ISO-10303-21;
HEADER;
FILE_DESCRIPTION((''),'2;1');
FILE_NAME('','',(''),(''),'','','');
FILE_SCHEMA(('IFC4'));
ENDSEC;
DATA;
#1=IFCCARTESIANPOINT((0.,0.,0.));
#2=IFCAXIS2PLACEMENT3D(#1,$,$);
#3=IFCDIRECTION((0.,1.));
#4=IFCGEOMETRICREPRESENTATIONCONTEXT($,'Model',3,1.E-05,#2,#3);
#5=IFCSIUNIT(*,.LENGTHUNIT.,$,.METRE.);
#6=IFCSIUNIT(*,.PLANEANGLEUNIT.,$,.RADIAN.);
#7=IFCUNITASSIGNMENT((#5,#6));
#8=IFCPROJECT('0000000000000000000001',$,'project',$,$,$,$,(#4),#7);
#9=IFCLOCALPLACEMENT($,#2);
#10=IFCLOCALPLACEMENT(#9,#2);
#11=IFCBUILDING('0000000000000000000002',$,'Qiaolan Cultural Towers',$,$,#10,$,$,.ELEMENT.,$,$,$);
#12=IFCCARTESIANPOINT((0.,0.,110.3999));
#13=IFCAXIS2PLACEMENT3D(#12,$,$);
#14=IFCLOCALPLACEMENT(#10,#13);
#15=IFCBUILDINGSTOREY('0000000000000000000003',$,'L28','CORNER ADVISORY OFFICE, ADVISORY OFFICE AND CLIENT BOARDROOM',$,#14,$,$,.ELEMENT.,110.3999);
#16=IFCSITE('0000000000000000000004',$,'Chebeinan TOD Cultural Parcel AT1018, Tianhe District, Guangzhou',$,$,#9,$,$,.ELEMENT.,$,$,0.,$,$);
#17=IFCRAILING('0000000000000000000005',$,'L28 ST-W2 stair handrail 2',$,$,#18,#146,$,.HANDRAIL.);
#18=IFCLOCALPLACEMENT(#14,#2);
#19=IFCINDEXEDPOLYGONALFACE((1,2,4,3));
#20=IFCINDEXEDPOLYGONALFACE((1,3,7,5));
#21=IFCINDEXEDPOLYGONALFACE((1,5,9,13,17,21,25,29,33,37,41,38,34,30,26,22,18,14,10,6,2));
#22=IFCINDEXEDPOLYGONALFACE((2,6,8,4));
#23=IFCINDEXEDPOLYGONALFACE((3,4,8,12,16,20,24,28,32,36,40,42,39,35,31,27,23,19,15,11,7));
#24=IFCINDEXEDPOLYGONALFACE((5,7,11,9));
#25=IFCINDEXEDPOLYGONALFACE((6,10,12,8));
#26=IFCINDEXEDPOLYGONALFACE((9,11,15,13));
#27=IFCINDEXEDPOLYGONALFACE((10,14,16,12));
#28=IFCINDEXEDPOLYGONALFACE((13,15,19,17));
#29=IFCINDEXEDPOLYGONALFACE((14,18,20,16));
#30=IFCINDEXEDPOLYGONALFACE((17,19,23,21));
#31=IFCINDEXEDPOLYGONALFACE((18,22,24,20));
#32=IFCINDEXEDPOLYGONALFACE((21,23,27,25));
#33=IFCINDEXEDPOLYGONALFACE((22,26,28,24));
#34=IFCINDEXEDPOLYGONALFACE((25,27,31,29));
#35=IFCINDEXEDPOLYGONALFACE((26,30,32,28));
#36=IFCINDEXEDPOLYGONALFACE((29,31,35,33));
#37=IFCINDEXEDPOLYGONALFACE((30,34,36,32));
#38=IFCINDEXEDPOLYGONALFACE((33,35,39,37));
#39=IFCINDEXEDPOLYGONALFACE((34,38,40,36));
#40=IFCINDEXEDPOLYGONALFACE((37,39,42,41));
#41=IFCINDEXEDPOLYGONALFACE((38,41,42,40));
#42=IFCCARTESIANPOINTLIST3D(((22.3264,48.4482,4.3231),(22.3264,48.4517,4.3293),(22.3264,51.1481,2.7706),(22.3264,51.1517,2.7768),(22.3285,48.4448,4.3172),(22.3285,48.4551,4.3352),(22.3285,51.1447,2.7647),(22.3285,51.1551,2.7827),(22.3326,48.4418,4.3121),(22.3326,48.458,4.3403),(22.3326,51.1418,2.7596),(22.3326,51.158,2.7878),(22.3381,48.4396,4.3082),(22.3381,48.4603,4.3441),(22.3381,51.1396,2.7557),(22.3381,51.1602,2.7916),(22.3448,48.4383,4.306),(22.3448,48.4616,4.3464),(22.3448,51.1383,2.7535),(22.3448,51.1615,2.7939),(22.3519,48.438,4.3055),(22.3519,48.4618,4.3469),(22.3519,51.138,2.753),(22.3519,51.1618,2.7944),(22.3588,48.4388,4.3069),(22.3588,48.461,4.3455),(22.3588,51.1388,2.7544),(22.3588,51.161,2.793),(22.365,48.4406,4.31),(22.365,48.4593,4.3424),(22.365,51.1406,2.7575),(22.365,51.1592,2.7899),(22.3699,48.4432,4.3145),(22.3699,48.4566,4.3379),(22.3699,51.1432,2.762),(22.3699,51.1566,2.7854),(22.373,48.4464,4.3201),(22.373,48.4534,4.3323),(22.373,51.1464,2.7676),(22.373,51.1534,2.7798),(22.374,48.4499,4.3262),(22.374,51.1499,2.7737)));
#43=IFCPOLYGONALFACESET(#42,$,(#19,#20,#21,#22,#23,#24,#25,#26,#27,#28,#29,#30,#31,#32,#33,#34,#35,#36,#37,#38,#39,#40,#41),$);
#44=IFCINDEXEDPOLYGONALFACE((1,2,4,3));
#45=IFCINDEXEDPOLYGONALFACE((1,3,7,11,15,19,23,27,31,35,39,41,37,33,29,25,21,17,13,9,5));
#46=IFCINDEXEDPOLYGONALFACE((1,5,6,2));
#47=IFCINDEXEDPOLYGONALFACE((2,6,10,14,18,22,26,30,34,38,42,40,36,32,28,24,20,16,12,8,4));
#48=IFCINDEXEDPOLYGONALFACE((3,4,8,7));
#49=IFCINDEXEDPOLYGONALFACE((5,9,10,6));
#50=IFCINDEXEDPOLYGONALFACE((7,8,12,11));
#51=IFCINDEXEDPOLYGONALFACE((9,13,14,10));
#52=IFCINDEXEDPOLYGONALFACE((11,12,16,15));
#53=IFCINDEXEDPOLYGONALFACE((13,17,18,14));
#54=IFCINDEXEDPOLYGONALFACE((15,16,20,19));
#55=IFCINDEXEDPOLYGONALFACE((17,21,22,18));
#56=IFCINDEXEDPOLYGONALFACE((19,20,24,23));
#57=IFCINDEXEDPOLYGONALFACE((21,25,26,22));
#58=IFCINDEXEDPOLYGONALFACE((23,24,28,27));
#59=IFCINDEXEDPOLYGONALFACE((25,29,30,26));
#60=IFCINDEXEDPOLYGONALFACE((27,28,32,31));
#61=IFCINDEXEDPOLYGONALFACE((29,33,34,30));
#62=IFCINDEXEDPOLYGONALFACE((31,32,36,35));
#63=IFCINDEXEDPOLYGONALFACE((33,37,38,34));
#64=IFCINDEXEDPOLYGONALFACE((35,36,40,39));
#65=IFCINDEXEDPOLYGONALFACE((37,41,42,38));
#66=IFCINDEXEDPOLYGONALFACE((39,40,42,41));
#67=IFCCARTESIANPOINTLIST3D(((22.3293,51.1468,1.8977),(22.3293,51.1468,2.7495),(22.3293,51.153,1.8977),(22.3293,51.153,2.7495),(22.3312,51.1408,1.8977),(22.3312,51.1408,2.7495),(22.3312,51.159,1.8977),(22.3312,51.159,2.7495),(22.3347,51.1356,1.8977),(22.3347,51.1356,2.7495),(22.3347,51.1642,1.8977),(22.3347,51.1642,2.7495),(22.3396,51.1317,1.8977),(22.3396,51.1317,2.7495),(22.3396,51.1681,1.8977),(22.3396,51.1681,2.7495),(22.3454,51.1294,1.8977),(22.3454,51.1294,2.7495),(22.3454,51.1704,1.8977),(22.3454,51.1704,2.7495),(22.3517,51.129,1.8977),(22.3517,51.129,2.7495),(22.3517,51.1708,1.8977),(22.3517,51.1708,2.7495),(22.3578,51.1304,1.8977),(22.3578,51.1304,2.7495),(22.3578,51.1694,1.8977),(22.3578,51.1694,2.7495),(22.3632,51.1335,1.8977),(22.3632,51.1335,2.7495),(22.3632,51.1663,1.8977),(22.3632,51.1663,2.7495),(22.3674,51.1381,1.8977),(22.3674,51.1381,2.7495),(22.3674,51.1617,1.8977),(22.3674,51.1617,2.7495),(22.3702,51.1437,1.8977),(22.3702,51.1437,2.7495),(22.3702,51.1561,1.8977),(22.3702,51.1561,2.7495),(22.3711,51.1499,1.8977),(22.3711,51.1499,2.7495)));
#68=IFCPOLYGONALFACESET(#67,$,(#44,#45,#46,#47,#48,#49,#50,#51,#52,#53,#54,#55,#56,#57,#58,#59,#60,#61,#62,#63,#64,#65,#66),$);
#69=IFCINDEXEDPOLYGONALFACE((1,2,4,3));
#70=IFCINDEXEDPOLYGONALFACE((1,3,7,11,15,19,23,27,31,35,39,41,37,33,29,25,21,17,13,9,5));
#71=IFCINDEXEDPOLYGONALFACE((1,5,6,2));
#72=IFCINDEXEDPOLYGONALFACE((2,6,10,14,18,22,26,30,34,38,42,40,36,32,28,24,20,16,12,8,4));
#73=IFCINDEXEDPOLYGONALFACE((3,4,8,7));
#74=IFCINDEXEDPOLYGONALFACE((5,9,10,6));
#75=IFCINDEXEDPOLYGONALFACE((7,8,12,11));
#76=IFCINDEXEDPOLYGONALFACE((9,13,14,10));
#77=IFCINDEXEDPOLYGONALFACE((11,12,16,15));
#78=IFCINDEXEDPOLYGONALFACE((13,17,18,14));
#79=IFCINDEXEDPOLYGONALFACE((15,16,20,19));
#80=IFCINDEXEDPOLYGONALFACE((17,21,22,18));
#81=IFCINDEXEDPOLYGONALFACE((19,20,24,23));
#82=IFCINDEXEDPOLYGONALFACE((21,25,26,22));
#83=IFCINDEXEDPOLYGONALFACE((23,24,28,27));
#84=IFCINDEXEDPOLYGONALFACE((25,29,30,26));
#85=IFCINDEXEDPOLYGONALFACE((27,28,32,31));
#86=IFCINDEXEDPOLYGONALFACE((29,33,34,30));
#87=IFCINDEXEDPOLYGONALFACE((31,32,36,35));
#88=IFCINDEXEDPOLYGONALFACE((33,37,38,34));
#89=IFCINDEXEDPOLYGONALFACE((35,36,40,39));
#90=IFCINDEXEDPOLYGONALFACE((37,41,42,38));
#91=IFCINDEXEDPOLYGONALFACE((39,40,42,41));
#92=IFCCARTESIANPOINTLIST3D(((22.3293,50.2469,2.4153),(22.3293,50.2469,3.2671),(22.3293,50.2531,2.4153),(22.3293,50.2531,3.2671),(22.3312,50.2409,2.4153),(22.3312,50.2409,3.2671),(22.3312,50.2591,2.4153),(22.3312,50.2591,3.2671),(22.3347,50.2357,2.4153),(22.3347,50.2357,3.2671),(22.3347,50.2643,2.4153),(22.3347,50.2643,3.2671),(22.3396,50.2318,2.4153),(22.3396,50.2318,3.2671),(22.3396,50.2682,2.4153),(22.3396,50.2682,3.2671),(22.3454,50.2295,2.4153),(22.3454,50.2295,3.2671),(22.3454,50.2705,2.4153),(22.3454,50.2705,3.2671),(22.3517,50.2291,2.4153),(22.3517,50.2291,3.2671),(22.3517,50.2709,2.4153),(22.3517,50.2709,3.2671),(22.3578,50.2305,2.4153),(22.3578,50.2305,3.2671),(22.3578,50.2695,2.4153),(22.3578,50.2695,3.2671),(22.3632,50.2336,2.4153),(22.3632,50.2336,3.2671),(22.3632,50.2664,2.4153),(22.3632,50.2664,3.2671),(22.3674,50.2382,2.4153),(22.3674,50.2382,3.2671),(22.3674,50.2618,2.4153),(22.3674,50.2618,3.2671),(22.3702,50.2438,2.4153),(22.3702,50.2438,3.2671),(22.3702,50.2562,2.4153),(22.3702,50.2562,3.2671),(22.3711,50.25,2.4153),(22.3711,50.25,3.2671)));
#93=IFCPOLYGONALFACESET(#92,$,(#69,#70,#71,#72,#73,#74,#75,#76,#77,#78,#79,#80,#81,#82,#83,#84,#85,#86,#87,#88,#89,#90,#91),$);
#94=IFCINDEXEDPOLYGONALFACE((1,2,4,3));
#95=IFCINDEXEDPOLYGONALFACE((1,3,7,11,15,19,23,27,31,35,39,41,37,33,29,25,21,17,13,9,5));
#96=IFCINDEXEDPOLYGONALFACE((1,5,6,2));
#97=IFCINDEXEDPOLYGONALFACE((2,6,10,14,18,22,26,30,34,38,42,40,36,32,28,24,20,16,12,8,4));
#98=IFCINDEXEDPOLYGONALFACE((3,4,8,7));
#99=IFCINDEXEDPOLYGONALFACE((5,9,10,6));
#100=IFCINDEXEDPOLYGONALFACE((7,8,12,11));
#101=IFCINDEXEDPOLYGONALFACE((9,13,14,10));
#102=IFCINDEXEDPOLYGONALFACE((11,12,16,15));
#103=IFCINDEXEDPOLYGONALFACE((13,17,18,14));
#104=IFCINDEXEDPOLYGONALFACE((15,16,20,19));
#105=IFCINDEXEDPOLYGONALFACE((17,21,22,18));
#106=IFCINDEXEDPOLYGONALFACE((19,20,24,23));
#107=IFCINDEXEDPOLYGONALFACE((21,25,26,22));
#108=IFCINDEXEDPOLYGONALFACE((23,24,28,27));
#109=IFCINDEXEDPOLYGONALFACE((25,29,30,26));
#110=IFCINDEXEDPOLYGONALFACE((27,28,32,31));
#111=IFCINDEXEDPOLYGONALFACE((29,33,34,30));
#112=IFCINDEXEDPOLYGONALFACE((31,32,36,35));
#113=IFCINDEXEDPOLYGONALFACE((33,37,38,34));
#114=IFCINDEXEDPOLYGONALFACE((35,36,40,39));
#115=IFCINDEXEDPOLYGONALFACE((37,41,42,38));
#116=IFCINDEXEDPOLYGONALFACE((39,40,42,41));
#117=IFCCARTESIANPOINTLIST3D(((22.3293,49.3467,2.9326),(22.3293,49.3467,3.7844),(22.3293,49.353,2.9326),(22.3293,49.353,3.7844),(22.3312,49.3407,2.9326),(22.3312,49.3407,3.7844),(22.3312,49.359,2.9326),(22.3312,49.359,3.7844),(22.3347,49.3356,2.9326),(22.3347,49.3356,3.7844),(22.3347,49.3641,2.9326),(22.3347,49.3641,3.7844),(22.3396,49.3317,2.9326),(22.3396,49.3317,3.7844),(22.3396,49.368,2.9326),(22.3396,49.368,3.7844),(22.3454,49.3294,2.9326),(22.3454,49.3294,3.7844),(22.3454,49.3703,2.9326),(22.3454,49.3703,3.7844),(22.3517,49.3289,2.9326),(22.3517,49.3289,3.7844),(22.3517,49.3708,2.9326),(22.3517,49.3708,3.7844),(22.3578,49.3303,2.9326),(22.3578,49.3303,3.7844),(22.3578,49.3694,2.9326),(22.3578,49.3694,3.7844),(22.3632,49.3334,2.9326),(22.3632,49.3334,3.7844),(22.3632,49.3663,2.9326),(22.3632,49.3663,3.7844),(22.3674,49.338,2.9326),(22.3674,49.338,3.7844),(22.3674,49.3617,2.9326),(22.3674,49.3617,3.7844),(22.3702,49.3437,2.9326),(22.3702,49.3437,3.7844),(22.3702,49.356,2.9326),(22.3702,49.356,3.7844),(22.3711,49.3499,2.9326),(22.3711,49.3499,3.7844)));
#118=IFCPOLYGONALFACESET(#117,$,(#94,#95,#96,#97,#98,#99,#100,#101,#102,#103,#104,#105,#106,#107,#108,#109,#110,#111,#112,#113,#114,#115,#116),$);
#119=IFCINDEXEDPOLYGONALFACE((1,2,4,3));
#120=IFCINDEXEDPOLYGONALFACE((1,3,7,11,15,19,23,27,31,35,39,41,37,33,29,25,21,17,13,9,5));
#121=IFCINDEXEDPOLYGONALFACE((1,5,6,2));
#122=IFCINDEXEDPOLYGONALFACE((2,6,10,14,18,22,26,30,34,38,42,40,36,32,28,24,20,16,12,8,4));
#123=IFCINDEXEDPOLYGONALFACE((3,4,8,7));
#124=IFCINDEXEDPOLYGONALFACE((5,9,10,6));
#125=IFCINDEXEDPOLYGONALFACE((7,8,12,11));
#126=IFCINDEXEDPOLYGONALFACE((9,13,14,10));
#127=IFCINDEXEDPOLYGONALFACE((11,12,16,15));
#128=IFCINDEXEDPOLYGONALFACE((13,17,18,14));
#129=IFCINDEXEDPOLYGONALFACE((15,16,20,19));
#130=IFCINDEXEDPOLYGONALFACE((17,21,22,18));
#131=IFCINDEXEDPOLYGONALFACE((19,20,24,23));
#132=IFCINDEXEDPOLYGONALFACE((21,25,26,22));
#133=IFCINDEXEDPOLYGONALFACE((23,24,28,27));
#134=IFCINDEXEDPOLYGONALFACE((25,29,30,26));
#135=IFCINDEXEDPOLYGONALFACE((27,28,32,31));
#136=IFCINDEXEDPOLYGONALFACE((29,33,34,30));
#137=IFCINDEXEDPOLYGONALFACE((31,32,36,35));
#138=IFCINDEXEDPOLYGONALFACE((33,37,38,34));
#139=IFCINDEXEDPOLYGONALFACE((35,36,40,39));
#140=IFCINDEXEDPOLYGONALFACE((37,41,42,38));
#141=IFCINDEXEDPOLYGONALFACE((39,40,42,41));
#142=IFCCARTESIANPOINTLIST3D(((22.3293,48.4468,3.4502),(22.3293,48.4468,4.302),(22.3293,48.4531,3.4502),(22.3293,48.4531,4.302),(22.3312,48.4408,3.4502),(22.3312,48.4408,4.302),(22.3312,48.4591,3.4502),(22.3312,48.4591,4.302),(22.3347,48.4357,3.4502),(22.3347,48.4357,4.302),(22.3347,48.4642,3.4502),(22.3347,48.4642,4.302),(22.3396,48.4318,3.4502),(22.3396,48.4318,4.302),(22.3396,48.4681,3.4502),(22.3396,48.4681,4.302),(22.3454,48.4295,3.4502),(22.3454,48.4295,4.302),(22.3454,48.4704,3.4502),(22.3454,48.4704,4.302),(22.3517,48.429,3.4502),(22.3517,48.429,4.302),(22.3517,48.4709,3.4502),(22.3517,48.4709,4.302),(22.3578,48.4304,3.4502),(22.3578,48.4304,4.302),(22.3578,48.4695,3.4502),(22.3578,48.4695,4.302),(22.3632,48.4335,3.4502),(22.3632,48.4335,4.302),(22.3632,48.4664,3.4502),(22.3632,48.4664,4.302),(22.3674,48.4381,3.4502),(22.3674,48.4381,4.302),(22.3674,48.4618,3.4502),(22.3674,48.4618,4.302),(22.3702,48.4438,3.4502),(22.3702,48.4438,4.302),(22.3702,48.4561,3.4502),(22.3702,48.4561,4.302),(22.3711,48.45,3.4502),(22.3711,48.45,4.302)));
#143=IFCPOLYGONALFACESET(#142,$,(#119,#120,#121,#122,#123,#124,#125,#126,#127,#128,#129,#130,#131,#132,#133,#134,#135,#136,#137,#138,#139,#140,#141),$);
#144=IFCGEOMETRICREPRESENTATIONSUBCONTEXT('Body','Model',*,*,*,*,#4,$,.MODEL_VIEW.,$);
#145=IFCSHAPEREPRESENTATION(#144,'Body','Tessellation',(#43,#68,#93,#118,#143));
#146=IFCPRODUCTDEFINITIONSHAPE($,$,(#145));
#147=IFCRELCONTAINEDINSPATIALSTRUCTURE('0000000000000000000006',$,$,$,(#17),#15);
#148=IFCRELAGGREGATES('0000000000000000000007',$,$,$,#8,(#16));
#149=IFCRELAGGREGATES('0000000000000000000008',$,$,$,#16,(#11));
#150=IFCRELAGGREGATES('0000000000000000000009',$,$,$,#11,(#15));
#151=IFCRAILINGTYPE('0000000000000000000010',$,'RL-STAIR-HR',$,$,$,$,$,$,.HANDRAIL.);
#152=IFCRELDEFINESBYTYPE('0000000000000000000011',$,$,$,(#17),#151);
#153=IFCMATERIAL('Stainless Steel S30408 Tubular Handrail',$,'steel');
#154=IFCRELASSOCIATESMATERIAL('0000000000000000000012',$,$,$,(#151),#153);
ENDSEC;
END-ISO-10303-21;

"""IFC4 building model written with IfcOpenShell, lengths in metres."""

from ifc_helpers import new_model, si_unit, direction, frame, origin, origin_2d, place, context, subcontext, project, spatial, circle, extrude, material, type_object, element, save


model = new_model("IFC4")

# Units and contexts
model_context = context("Model", 3, precision=1e-05, world=origin(), true_north=direction((0.0, 1.0)))
body_context = subcontext(model_context, "Body", "Model", "MODEL_VIEW")
ifc_project = project(units=[si_unit("LENGTHUNIT", "METRE"), si_unit("PLANEANGLEUNIT", "RADIAN")], contexts=[model_context])

# Site, building, storey
site_placement = place(None, origin())
site = spatial("IfcSite", under=ifc_project, at=site_placement, Name="Chebeinan TOD Cultural Parcel AT1018, Tianhe District, Guangzhou", CompositionType="ELEMENT", RefElevation=0.0)
building_placement = place(site_placement, origin())
building = spatial("IfcBuilding", under=site, at=building_placement, Name="Qiaolan Cultural Towers", CompositionType="ELEMENT")
storey_placement = place(building_placement, frame((0.0, 0.0, 110.3999)))
storey = spatial("IfcBuildingStorey", under=building, at=storey_placement, Name="L28", Description="CORNER ADVISORY OFFICE, ADVISORY OFFICE AND CLIENT BOARDROOM", CompositionType="ELEMENT", Elevation=110.3999)

# Railing
ifc_material_1 = material(Name="Stainless Steel S30408 Tubular Handrail", Category="steel")
railing_type_1 = type_object("IfcRailingType", Name="RL-STAIR-HR", PredefinedType="HANDRAIL", material=ifc_material_1)
railing_1_placement = place(storey_placement, frame((22.3501, 51.1499, 1.8977)))
element("IfcRailing", 1, at=railing_1_placement, inside=storey, type_object=railing_type_1, Name="L28 ST-W2 stair handrail 2", PredefinedType="HANDRAIL", context=body_context, shape_type="SweptSolid", body=[
    extrude(circle(Radius=0.0239, at=origin_2d()), frame((0.0, 0.0, 0.876), z_axis=(0.0, -0.866904, 0.498476), x_axis=(1.0, 0.0, 0.0)), (0.0, 0.0, 1.0), 3.1145),
    extrude(circle(Radius=0.021, at=origin_2d()), origin(), (0.0, 0.0, 1.0), 0.8518),
    extrude(circle(Radius=0.021, at=origin_2d()), frame((0.0, -0.8999, 0.5176)), (0.0, 0.0, 1.0), 0.8518),
    extrude(circle(Radius=0.021, at=origin_2d()), frame((0.0, -1.8, 1.0349)), (0.0, 0.0, 1.0), 0.8518),
    extrude(circle(Radius=0.021, at=origin_2d()), frame((0.0, -2.7, 1.5525)), (0.0, 0.0, 1.0), 0.8518),
])

save(model, "model.ifc")
